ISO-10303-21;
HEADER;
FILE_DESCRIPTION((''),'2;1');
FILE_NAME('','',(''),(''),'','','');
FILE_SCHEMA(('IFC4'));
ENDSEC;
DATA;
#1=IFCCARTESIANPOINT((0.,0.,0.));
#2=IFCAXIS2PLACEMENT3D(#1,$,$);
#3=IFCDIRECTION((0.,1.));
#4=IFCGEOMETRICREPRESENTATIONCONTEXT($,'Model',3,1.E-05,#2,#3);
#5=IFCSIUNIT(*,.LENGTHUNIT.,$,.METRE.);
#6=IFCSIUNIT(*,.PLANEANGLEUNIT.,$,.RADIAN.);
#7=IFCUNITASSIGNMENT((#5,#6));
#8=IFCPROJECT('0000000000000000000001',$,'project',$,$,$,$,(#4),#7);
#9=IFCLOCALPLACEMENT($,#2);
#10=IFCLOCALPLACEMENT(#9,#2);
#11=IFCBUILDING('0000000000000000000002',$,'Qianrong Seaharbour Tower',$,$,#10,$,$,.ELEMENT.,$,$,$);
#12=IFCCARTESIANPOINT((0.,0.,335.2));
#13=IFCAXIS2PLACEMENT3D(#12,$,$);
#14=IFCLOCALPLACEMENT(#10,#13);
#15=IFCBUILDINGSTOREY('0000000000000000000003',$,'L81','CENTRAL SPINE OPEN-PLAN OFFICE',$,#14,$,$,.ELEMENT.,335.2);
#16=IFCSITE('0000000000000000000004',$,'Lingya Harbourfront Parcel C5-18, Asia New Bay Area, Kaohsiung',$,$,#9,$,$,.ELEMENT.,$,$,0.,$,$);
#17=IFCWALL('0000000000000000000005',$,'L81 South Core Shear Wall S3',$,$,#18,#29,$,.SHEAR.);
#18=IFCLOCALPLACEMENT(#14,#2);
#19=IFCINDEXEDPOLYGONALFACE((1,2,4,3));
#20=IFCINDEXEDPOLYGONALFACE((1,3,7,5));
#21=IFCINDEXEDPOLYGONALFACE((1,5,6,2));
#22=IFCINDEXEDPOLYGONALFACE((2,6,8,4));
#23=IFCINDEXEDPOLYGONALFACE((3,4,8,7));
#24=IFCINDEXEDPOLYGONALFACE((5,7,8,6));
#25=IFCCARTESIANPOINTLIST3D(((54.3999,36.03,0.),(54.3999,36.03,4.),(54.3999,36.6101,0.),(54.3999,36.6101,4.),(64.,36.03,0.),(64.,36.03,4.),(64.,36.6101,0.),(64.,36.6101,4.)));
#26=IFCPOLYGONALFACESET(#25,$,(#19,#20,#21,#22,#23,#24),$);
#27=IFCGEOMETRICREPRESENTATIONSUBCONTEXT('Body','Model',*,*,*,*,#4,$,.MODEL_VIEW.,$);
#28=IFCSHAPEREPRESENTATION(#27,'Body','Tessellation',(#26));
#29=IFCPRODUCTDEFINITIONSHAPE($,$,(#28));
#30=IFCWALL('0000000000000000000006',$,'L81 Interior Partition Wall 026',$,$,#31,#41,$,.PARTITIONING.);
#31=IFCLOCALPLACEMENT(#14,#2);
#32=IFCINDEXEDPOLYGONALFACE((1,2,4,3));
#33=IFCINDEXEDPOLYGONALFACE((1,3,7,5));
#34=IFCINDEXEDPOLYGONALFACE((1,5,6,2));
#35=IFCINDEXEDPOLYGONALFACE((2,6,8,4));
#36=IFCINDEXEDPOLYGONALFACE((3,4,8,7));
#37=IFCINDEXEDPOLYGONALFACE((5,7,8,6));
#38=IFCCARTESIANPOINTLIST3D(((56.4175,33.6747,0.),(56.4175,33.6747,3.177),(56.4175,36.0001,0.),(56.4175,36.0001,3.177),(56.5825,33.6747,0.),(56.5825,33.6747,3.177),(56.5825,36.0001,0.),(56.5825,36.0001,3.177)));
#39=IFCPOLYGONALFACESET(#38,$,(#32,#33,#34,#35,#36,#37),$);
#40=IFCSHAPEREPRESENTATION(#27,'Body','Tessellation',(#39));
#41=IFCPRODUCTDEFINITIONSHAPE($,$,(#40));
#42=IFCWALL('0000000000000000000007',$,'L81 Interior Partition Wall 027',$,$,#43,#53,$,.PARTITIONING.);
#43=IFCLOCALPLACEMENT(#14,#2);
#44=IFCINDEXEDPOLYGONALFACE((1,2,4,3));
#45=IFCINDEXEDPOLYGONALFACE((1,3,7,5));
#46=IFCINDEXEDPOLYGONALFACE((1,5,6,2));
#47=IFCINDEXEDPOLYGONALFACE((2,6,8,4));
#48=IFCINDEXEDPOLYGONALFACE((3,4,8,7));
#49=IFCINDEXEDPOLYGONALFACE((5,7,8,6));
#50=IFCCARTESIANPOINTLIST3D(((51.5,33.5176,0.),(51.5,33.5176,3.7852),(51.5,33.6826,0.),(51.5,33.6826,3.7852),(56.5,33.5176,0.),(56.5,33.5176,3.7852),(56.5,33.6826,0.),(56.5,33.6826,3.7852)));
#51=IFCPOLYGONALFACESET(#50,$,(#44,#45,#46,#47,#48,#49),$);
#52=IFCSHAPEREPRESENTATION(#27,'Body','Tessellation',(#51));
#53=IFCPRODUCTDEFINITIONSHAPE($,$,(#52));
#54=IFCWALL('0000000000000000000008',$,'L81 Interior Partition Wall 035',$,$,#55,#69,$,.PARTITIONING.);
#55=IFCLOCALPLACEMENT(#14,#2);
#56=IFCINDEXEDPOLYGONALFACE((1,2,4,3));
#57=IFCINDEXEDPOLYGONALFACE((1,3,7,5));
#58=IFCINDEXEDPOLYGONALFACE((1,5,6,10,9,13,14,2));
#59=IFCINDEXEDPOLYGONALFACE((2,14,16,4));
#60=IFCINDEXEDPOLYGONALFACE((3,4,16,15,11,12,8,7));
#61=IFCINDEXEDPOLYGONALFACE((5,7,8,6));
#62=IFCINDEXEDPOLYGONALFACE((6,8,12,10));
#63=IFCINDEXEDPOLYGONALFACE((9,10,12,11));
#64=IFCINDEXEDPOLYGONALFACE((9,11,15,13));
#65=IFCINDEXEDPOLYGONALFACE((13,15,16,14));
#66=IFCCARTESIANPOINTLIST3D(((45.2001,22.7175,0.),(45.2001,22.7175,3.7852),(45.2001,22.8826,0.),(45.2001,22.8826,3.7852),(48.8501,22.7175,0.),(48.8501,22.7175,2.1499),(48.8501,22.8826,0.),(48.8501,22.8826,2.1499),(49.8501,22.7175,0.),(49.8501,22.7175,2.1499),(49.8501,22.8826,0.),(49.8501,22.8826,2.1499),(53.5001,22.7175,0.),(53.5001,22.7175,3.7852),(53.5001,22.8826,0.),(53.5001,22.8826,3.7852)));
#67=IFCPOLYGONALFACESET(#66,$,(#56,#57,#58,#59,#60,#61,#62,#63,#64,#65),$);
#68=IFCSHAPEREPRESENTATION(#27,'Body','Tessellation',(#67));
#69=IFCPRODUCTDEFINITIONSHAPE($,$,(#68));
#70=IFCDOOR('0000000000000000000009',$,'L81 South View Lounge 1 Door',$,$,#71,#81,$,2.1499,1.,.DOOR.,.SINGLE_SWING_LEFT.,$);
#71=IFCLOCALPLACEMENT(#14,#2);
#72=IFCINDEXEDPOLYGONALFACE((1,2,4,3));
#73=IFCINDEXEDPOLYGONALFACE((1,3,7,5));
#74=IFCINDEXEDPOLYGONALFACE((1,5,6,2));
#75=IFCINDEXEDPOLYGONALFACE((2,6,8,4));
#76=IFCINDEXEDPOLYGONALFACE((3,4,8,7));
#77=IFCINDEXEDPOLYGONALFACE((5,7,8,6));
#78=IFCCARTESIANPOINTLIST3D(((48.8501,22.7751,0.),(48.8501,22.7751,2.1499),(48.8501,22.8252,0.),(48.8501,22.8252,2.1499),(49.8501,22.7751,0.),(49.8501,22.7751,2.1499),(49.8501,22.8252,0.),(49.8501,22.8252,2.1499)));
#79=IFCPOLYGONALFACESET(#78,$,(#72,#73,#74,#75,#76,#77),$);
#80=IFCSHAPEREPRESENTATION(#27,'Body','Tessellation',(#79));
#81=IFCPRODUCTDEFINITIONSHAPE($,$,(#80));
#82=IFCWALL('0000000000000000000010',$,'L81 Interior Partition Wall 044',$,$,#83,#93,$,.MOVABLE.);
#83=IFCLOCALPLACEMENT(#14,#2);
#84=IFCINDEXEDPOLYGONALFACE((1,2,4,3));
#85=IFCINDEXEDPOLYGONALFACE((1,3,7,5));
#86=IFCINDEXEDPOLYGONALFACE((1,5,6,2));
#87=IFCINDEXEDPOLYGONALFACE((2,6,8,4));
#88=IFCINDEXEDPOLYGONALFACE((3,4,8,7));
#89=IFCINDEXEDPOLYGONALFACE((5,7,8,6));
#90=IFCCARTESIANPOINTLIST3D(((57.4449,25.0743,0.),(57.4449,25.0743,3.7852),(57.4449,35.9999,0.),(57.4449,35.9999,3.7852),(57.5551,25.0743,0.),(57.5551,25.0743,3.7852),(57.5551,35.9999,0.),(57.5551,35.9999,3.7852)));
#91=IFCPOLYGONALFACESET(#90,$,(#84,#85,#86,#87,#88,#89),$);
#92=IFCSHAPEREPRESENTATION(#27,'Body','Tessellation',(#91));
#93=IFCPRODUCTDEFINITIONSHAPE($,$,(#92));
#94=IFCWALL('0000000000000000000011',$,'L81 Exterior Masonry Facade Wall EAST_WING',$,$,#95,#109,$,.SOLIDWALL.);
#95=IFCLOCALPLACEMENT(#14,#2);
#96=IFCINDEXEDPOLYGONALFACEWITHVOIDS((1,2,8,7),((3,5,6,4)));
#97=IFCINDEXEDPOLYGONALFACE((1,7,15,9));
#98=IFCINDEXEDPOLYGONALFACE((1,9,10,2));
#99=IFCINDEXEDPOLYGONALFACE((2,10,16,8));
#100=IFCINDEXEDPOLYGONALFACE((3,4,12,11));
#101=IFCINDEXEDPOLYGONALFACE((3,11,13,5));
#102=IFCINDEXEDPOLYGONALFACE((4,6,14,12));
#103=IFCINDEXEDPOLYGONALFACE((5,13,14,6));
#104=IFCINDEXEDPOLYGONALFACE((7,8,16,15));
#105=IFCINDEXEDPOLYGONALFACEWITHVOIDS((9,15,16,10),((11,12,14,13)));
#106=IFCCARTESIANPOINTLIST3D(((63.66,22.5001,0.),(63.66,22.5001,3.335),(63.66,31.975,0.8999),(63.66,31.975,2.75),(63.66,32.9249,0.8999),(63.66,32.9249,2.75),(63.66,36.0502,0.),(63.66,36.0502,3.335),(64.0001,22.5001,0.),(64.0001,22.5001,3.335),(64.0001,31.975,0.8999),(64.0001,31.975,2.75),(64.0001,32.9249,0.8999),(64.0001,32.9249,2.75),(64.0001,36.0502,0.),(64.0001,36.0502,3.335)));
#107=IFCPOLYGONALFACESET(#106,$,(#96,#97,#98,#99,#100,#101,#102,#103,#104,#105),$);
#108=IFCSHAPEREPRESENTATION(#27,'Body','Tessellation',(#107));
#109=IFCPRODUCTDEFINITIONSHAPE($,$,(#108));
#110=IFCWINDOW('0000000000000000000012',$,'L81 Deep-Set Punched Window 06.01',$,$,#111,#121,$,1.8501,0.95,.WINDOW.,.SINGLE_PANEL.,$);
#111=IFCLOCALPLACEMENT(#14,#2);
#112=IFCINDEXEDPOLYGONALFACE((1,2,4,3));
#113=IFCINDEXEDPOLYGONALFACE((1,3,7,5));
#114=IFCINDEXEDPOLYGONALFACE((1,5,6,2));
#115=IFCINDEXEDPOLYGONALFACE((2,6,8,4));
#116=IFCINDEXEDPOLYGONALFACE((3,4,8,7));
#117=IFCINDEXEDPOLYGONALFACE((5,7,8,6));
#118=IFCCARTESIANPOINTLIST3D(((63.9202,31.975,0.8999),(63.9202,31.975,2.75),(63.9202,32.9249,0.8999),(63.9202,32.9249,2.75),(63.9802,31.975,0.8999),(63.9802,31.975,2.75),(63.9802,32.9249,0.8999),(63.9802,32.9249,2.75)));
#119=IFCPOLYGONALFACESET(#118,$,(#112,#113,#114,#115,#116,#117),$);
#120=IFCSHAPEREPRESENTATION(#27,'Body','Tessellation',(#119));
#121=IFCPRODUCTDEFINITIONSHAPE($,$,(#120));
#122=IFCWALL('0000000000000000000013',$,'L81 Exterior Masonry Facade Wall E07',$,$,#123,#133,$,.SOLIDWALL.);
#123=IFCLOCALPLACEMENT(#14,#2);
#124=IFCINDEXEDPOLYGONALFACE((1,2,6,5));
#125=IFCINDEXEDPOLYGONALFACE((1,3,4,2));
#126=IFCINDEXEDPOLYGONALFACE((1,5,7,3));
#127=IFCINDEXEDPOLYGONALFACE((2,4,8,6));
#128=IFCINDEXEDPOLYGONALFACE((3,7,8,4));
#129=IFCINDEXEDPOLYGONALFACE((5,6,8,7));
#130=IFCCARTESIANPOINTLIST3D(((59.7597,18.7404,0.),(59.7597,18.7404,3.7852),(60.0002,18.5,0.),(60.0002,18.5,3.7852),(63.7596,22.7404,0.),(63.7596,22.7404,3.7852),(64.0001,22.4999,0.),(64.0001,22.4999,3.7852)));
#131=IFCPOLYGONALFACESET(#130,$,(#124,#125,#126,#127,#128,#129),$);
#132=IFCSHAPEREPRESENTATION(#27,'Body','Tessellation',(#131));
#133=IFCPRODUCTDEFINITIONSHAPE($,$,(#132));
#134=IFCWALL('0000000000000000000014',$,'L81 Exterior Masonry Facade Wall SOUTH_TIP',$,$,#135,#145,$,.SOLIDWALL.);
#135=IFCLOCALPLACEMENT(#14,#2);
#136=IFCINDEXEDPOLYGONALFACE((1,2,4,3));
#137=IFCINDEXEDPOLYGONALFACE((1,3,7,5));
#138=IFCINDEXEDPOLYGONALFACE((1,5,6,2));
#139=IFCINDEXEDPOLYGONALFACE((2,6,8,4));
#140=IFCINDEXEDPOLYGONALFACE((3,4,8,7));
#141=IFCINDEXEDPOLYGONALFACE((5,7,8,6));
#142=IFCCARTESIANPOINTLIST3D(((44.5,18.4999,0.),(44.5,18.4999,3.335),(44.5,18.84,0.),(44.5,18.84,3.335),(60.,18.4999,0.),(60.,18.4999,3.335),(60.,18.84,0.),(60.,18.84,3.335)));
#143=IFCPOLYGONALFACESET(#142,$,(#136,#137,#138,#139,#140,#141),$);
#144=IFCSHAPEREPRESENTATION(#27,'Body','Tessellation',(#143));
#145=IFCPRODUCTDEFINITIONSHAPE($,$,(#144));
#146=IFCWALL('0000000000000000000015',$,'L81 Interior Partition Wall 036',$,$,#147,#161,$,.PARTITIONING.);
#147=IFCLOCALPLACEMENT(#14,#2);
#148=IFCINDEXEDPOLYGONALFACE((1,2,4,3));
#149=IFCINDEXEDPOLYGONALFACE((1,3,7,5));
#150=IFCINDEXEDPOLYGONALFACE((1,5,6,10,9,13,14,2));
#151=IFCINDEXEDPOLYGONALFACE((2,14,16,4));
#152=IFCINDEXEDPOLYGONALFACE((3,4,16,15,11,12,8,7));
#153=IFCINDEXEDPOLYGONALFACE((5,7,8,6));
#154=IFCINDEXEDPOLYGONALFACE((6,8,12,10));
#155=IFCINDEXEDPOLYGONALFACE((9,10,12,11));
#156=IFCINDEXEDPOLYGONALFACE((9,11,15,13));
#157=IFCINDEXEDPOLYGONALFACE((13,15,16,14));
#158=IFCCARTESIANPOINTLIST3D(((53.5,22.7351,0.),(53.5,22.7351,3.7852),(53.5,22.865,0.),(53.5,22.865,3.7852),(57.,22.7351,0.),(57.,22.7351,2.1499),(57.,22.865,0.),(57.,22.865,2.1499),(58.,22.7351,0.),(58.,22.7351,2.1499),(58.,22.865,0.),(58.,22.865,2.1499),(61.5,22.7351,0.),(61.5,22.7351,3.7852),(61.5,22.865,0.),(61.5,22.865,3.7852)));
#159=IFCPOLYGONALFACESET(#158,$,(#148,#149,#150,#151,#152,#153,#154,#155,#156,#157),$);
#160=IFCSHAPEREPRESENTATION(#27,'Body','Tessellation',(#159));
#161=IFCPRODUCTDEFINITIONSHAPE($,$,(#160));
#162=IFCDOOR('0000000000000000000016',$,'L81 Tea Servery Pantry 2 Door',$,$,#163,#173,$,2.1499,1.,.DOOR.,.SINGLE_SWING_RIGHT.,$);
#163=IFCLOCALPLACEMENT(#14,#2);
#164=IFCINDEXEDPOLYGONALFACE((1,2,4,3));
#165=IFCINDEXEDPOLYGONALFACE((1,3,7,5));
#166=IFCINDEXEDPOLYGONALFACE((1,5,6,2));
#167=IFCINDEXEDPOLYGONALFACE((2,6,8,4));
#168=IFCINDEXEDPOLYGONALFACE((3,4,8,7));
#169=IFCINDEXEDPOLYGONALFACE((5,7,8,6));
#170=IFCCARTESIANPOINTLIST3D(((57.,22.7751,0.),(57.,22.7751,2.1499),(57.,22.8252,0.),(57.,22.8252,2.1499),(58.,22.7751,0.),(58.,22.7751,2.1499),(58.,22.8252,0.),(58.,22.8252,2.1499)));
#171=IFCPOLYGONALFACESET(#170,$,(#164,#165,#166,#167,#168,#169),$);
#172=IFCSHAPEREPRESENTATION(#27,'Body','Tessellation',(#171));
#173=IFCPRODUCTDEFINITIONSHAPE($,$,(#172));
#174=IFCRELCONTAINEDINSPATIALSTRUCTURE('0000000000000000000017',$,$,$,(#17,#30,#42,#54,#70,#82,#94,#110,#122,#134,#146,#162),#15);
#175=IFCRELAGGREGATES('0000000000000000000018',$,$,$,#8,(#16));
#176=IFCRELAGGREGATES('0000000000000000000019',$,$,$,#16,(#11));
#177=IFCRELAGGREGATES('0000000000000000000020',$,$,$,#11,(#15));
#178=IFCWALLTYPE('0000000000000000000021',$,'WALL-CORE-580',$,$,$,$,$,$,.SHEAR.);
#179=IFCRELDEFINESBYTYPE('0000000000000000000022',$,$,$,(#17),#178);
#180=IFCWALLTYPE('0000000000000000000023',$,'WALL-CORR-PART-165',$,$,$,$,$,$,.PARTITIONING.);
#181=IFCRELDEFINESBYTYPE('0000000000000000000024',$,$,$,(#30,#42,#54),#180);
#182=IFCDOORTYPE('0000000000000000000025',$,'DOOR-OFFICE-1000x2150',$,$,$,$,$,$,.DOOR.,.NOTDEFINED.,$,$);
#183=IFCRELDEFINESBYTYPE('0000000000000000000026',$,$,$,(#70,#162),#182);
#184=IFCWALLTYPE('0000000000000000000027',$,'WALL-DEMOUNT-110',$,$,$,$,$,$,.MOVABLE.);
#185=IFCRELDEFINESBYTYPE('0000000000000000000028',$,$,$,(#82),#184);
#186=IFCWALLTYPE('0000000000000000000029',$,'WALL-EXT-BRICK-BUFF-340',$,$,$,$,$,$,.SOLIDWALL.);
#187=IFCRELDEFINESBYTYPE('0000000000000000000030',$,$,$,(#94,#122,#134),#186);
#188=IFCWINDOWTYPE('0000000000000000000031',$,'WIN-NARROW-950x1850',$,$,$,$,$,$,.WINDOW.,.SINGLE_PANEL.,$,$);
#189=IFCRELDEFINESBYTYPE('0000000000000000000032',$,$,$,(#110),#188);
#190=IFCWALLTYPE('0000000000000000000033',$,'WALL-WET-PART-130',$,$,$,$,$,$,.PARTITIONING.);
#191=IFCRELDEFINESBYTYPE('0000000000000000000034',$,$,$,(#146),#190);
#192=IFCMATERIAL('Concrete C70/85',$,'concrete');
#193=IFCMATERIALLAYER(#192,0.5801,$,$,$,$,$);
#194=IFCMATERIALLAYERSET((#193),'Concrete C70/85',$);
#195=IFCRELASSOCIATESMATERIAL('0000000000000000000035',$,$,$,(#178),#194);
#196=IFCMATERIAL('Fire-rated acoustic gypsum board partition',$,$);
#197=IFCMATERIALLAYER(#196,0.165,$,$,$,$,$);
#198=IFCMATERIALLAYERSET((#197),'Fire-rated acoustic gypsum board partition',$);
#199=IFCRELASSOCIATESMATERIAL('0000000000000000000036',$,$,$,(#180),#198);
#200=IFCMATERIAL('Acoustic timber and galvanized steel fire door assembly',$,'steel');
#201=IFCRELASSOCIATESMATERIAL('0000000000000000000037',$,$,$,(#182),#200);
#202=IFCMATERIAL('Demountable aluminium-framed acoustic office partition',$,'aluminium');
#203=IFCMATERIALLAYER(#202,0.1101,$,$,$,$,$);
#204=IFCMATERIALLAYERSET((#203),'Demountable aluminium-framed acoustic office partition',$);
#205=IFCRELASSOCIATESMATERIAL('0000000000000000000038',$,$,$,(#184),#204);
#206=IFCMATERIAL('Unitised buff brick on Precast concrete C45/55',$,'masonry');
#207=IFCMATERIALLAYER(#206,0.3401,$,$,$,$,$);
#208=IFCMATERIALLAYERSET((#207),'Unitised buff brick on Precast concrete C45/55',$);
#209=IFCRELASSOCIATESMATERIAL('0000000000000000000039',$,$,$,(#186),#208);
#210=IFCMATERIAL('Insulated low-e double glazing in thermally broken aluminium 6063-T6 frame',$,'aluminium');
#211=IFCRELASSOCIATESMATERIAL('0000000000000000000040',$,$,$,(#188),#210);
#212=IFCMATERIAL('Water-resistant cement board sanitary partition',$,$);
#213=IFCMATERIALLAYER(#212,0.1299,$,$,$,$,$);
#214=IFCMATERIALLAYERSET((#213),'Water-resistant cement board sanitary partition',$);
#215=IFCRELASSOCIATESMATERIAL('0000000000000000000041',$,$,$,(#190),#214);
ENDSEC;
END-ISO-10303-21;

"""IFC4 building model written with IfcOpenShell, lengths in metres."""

from ifc_helpers import new_model, si_unit, direction, frame, frame_2d, origin, place, context, subcontext, project, spatial, rectangle, extrude, material, layer, layer_set, type_object, element, fill, save


model = new_model("IFC4")

# Units and contexts
model_context = context("Model", 3, precision=1e-05, world=origin(), true_north=direction((0.0, 1.0)))
body_context = subcontext(model_context, "Body", "Model", "MODEL_VIEW")
ifc_project = project(units=[si_unit("LENGTHUNIT", "METRE"), si_unit("PLANEANGLEUNIT", "RADIAN")], contexts=[model_context])

# Site, building, storey
site_placement = place(None, origin())
site = spatial("IfcSite", under=ifc_project, at=site_placement, Name="Lingya Harbourfront Parcel C5-18, Asia New Bay Area, Kaohsiung", CompositionType="ELEMENT", RefElevation=0.0)
building_placement = place(site_placement, origin())
building = spatial("IfcBuilding", under=site, at=building_placement, Name="Qianrong Seaharbour Tower", CompositionType="ELEMENT")
storey_placement = place(building_placement, frame((0.0, 0.0, 335.2)))
storey = spatial("IfcBuildingStorey", under=building, at=storey_placement, Name="L81", Description="CENTRAL SPINE OPEN-PLAN OFFICE", CompositionType="ELEMENT", Elevation=335.2)

# Walls
ifc_material_1 = material(Name="Concrete C70/85", Category="concrete")
ifc_layer_1 = layer(ifc_material_1, 0.5801)
ifc_layer_set_1 = layer_set([ifc_layer_1], Name="Concrete C70/85")
wall_type_1 = type_object("IfcWallType", Name="WALL-CORE-580", PredefinedType="SHEAR", material=ifc_layer_set_1)
wall_1_placement = place(storey_placement, frame((54.3999, 36.3201, 0.0), z_axis=(0.0, 0.0, 1.0), x_axis=(1.0, 0.0, 0.0)))
element("IfcWall", 1, at=wall_1_placement, inside=storey, type_object=wall_type_1, Name="L81 South Core Shear Wall S3", PredefinedType="SHEAR", context=body_context, shape_type="SweptSolid", body=[
    extrude(rectangle(XDim=9.6001, YDim=0.5801, at=frame_2d((4.8, 0.0))), origin(), (0.0, 0.0, 1.0), 4.0),
])
ifc_material_2 = material(Name="Fire-rated acoustic gypsum board partition")
ifc_layer_2 = layer(ifc_material_2, 0.165)
ifc_layer_set_2 = layer_set([ifc_layer_2], Name="Fire-rated acoustic gypsum board partition")
wall_type_2 = type_object("IfcWallType", Name="WALL-CORR-PART-165", PredefinedType="PARTITIONING", material=ifc_layer_set_2)
wall_2_placement = place(storey_placement, frame((56.5, 36.0, 0.0), z_axis=(0.0, 0.0, 1.0), x_axis=(0.0, -1.0, 0.0)))
element("IfcWall", 2, at=wall_2_placement, inside=storey, type_object=wall_type_2, Name="L81 Interior Partition Wall 026", PredefinedType="PARTITIONING", context=body_context, shape_type="SweptSolid", body=[
    extrude(rectangle(XDim=2.3254, YDim=0.165, at=frame_2d((1.1626, 0.0))), origin(), (0.0, 0.0, 1.0), 3.177),
])
wall_3_placement = place(storey_placement, frame((56.5, 33.6001, 0.0), z_axis=(0.0, 0.0, 1.0), x_axis=(-1.0, 0.0, 0.0)))
element("IfcWall", 3, at=wall_3_placement, inside=storey, type_object=wall_type_2, Name="L81 Interior Partition Wall 027", PredefinedType="PARTITIONING", context=body_context, shape_type="SweptSolid", body=[
    extrude(rectangle(XDim=5.0, YDim=0.165, at=frame_2d((2.5, 0.0))), origin(), (0.0, 0.0, 1.0), 3.7852),
])

# Wall, opening, door
ifc_material_3 = material(Name="Acoustic timber and galvanized steel fire door assembly", Category="steel")
door_type = type_object("IfcDoorType", Name="DOOR-OFFICE-1000x2150", OperationType="NOTDEFINED", PredefinedType="DOOR", material=ifc_material_3)
wall_4_placement = place(storey_placement, frame((53.5, 22.8, 0.0), z_axis=(0.0, 0.0, 1.0), x_axis=(-1.0, 0.0, 0.0)))
wall_4 = element("IfcWall", 4, at=wall_4_placement, inside=storey, type_object=wall_type_2, Name="L81 Interior Partition Wall 035", PredefinedType="PARTITIONING", context=body_context, shape_type="SweptSolid", body=[
    extrude(rectangle(XDim=8.3, YDim=0.165, at=frame_2d((4.1499, 0.0))), origin(), (0.0, 0.0, 1.0), 3.7852),
])
opening_1_placement = place(wall_4_placement, frame((3.6499, 0.0, 0.0)))
opening_1 = element("IfcOpeningElement", 5, at=opening_1_placement, cuts=wall_4, PredefinedType="OPENING", context=body_context, shape_type="SweptSolid", body=[
    extrude(rectangle(XDim=1.0, YDim=2.1499, at=frame_2d((0.5, 1.075))), frame((0.0, 0.0925, 0.0), z_axis=(0.0, -1.0, 0.0), x_axis=(1.0, 0.0, 0.0)), (0.0, 0.0, 1.0), 0.1851),
])
door_1_placement = place(opening_1_placement, origin())
door_1 = element("IfcDoor", 6, at=door_1_placement, inside=storey, type_object=door_type, Name="L81 South View Lounge 1 Door", OperationType="SINGLE_SWING_LEFT", OverallHeight=2.1499, OverallWidth=1.0, PredefinedType="DOOR", context=body_context, shape_type="SweptSolid", body=[
    extrude(rectangle(XDim=1.0, YDim=2.1499, at=frame_2d((0.5, 1.075))), frame((0.0, 0.0249, 0.0), z_axis=(0.0, -1.0, 0.0), x_axis=(1.0, 0.0, 0.0)), (0.0, 0.0, 1.0), 0.05),
])
fill(opening_1, door_1)

# Wall
ifc_material_4 = material(Name="Demountable aluminium-framed acoustic office partition", Category="aluminium")
ifc_layer_3 = layer(ifc_material_4, 0.1101)
ifc_layer_set_3 = layer_set([ifc_layer_3], Name="Demountable aluminium-framed acoustic office partition")
wall_type_3 = type_object("IfcWallType", Name="WALL-DEMOUNT-110", PredefinedType="MOVABLE", material=ifc_layer_set_3)
wall_5_placement = place(storey_placement, frame((57.5, 36.0, 0.0), z_axis=(0.0, 0.0, 1.0), x_axis=(0.0, -1.0, 0.0)))
element("IfcWall", 7, at=wall_5_placement, inside=storey, type_object=wall_type_3, Name="L81 Interior Partition Wall 044", PredefinedType="MOVABLE", context=body_context, shape_type="SweptSolid", body=[
    extrude(rectangle(XDim=10.9255, YDim=0.1101, at=frame_2d((5.4629, 0.0))), origin(), (0.0, 0.0, 1.0), 3.7852),
])

# Wall, opening, window
ifc_material_5 = material(Name="Unitised buff brick on Precast concrete C45/55", Category="masonry")
ifc_layer_4 = layer(ifc_material_5, 0.3401)
ifc_layer_set_4 = layer_set([ifc_layer_4], Name="Unitised buff brick on Precast concrete C45/55")
wall_type_4 = type_object("IfcWallType", Name="WALL-EXT-BRICK-BUFF-340", PredefinedType="SOLIDWALL", material=ifc_layer_set_4)
wall_6_placement = place(storey_placement, frame((63.8301, 36.05, 0.0), z_axis=(0.0, 0.0, 1.0), x_axis=(0.0, -1.0, 0.0)))
wall_6 = element("IfcWall", 8, at=wall_6_placement, inside=storey, type_object=wall_type_4, Name="L81 Exterior Masonry Facade Wall EAST_WING", PredefinedType="SOLIDWALL", context=body_context, shape_type="SweptSolid", body=[
    extrude(rectangle(XDim=13.55, YDim=0.3401, at=frame_2d((6.7749, 0.0))), origin(), (0.0, 0.0, 1.0), 3.335),
])
opening_2_placement = place(wall_6_placement, frame((3.125, 0.0, 0.8999)))
opening_2 = element("IfcOpeningElement", 9, at=opening_2_placement, cuts=wall_6, PredefinedType="OPENING", context=body_context, shape_type="SweptSolid", body=[
    extrude(rectangle(XDim=0.95, YDim=1.8501, at=frame_2d((0.4751, 0.925))), frame((0.0, 0.1802, 0.0), z_axis=(0.0, -1.0, 0.0), x_axis=(1.0, 0.0, 0.0)), (0.0, 0.0, 1.0), 0.3601),
])
ifc_material_6 = material(Name="Insulated low-e double glazing in thermally broken aluminium 6063-T6 frame", Category="aluminium")
window_type = type_object("IfcWindowType", Name="WIN-NARROW-950x1850", PartitioningType="SINGLE_PANEL", PredefinedType="WINDOW", material=ifc_material_6)
window_placement = place(opening_2_placement, origin())
window = element("IfcWindow", 10, at=window_placement, inside=storey, type_object=window_type, Name="L81 Deep-Set Punched Window 06.01", OverallHeight=1.8501, OverallWidth=0.95, PartitioningType="SINGLE_PANEL", PredefinedType="WINDOW", context=body_context, shape_type="SweptSolid", body=[
    extrude(rectangle(XDim=0.95, YDim=1.8501, at=frame_2d((0.4751, 0.925))), frame((0.0, 0.1501, 0.0), z_axis=(0.0, -1.0, 0.0), x_axis=(1.0, 0.0, 0.0)), (0.0, 0.0, 1.0), 0.0601),
])
fill(opening_2, window)

# Walls
wall_7_placement = place(storey_placement, frame((63.8799, 22.6201, 0.0), z_axis=(0.0, 0.0, 1.0), x_axis=(-0.707107, -0.707107, 0.0)))
element("IfcWall", 11, at=wall_7_placement, inside=storey, type_object=wall_type_4, Name="L81 Exterior Masonry Facade Wall E07", PredefinedType="SOLIDWALL", context=body_context, shape_type="SweptSolid", body=[
    extrude(rectangle(XDim=5.6567, YDim=0.3401, at=frame_2d((2.8284, 0.0))), origin(), (0.0, 0.0, 1.0), 3.7852),
])
wall_8_placement = place(storey_placement, frame((60.0, 18.6699, 0.0), z_axis=(0.0, 0.0, 1.0), x_axis=(-1.0, 0.0, 0.0)))
element("IfcWall", 12, at=wall_8_placement, inside=storey, type_object=wall_type_4, Name="L81 Exterior Masonry Facade Wall SOUTH_TIP", PredefinedType="SOLIDWALL", context=body_context, shape_type="SweptSolid", body=[
    extrude(rectangle(XDim=15.5, YDim=0.3401, at=frame_2d((7.75, 0.0))), origin(), (0.0, 0.0, 1.0), 3.335),
])

# Wall, opening, door
ifc_material_7 = material(Name="Water-resistant cement board sanitary partition")
ifc_layer_5 = layer(ifc_material_7, 0.1299)
ifc_layer_set_5 = layer_set([ifc_layer_5], Name="Water-resistant cement board sanitary partition")
wall_type_5 = type_object("IfcWallType", Name="WALL-WET-PART-130", PredefinedType="PARTITIONING", material=ifc_layer_set_5)
wall_9_placement = place(storey_placement, frame((61.5, 22.8, 0.0), z_axis=(0.0, 0.0, 1.0), x_axis=(-1.0, 0.0, 0.0)))
wall_9 = element("IfcWall", 13, at=wall_9_placement, inside=storey, type_object=wall_type_5, Name="L81 Interior Partition Wall 036", PredefinedType="PARTITIONING", context=body_context, shape_type="SweptSolid", body=[
    extrude(rectangle(XDim=8.0, YDim=0.1299, at=frame_2d((4.0, 0.0))), origin(), (0.0, 0.0, 1.0), 3.7852),
])
opening_3_placement = place(wall_9_placement, frame((3.5, 0.0, 0.0)))
opening_3 = element("IfcOpeningElement", 14, at=opening_3_placement, cuts=wall_9, PredefinedType="OPENING", context=body_context, shape_type="SweptSolid", body=[
    extrude(rectangle(XDim=1.0, YDim=2.1499, at=frame_2d((0.5, 1.075))), frame((0.0, 0.075, 0.0), z_axis=(0.0, -1.0, 0.0), x_axis=(1.0, 0.0, 0.0)), (0.0, 0.0, 1.0), 0.1499),
])
door_2_placement = place(opening_3_placement, origin())
door_2 = element("IfcDoor", 15, at=door_2_placement, inside=storey, type_object=door_type, Name="L81 Tea Servery Pantry 2 Door", OperationType="SINGLE_SWING_RIGHT", OverallHeight=2.1499, OverallWidth=1.0, PredefinedType="DOOR", context=body_context, shape_type="SweptSolid", body=[
    extrude(rectangle(XDim=1.0, YDim=2.1499, at=frame_2d((0.5, 1.075))), frame((0.0, 0.0249, 0.0), z_axis=(0.0, -1.0, 0.0), x_axis=(1.0, 0.0, 0.0)), (0.0, 0.0, 1.0), 0.05),
])
fill(opening_3, door_2)

save(model, "model.ifc")
